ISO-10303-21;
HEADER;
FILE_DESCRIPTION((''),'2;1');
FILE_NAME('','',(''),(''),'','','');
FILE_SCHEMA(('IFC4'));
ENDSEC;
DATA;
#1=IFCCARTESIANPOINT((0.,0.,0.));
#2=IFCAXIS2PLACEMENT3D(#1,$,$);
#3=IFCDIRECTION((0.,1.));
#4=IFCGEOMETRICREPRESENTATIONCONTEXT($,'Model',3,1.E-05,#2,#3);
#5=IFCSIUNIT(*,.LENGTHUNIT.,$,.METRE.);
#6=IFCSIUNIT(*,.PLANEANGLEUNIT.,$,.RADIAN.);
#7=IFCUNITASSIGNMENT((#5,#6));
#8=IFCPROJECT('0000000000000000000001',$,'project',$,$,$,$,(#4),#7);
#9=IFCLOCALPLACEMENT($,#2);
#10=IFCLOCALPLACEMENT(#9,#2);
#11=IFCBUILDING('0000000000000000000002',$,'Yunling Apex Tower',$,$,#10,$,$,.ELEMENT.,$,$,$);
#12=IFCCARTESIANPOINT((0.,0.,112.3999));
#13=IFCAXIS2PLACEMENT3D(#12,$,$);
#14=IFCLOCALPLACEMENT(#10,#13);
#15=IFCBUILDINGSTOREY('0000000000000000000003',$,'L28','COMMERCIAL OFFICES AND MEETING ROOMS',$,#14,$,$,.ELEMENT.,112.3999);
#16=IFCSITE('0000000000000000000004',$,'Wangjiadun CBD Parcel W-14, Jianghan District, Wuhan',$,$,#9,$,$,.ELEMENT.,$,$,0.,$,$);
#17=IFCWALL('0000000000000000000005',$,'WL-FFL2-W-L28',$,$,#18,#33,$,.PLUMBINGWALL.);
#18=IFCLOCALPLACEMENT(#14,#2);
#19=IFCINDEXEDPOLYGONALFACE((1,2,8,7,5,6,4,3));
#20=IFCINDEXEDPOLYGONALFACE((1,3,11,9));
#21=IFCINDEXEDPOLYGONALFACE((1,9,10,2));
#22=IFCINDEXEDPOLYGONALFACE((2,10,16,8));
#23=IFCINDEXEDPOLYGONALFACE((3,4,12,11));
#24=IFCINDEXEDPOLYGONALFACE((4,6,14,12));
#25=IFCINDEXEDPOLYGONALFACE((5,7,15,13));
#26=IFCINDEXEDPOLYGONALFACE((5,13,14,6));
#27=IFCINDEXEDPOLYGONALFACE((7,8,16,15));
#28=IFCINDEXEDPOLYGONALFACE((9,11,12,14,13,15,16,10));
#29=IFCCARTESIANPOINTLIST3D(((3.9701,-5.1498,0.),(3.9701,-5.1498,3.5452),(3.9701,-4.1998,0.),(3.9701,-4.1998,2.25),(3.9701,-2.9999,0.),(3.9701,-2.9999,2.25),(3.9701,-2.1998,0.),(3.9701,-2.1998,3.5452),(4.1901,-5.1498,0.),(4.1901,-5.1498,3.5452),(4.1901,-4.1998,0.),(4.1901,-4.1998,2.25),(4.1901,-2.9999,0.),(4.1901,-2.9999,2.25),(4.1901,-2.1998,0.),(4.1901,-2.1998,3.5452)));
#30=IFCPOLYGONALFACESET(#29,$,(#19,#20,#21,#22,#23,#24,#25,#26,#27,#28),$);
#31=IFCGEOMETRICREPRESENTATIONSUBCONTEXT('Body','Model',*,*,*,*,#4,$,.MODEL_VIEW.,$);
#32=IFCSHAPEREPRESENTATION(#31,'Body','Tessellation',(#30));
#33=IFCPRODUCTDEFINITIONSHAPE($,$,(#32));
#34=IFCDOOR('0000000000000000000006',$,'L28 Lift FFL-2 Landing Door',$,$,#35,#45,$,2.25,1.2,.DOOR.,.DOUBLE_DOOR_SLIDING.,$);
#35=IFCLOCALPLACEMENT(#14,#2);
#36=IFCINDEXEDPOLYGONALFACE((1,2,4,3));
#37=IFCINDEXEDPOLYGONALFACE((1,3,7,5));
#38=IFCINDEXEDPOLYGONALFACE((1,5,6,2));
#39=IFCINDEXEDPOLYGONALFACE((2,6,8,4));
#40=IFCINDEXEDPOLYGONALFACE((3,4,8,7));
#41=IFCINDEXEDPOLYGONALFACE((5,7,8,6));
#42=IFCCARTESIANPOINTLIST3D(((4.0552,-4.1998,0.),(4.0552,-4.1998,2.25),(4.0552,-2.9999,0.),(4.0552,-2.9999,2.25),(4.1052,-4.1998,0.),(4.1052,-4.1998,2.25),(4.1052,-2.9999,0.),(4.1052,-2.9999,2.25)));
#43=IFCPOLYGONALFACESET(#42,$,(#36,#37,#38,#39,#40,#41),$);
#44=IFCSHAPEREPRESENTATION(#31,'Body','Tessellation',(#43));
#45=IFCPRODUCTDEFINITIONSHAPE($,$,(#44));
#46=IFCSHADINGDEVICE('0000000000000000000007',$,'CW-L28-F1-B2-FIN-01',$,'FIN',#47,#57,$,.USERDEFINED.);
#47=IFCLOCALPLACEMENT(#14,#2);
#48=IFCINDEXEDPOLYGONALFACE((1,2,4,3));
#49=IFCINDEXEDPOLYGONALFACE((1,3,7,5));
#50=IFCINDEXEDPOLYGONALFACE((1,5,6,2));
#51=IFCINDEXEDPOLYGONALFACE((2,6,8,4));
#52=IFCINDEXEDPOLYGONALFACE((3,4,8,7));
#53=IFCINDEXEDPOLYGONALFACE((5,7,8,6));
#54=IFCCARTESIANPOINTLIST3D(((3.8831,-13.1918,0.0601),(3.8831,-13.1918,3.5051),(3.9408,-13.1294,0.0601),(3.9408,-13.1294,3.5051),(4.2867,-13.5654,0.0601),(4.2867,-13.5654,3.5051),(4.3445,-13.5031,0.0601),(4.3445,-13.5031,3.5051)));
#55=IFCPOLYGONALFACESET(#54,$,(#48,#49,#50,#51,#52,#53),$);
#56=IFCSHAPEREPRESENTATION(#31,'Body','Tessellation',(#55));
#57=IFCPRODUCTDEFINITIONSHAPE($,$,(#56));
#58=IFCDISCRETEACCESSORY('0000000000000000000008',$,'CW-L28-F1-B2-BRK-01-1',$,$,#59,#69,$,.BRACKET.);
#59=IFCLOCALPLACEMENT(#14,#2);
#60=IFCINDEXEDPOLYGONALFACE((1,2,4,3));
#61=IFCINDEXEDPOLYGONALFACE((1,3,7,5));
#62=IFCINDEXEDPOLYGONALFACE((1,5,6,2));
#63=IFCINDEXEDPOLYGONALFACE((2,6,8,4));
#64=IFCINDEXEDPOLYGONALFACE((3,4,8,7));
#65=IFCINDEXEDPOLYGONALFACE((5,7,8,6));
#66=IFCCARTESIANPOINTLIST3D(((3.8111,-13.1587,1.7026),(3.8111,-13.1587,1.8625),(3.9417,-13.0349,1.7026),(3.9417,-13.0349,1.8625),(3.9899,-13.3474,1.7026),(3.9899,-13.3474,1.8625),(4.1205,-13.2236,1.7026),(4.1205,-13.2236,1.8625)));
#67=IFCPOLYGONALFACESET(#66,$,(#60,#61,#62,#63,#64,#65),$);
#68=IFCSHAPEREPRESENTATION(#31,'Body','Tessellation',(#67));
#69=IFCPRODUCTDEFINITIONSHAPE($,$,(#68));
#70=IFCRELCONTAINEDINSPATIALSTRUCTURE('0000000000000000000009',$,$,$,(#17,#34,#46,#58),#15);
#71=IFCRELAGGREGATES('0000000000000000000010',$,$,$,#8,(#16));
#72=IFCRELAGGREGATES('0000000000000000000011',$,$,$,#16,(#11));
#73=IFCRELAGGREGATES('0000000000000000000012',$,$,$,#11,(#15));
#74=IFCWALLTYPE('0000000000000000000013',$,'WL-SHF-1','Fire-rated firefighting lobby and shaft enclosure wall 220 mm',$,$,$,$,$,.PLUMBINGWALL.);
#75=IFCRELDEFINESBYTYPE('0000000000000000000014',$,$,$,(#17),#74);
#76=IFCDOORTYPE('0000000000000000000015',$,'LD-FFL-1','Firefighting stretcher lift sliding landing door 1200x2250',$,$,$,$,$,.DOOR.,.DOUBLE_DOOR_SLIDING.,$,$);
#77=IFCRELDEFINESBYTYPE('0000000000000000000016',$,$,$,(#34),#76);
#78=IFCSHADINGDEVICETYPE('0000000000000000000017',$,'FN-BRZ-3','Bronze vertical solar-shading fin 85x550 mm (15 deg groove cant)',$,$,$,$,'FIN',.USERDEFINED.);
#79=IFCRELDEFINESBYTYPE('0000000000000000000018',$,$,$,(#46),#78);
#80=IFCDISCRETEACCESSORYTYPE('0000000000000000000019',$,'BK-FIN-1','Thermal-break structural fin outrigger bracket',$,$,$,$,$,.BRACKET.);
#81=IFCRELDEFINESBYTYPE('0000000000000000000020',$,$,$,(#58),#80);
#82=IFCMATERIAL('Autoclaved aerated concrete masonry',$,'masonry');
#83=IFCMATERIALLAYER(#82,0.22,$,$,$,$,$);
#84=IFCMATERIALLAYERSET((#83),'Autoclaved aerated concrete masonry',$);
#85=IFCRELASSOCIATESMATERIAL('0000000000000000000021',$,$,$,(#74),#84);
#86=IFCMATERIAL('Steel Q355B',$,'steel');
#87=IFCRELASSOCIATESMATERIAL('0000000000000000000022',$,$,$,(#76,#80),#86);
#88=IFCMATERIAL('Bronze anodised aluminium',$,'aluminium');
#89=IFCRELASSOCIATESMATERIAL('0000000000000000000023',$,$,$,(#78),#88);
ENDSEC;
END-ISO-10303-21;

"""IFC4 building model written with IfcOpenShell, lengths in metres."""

from ifc_helpers import new_model, si_unit, direction, frame, frame_2d, origin, origin_2d, place, context, subcontext, project, spatial, rectangle, extrude, source, transform, mapped, material, layer, layer_set, material_profile, profile_set, type_object, element, fill, save


model = new_model("IFC4")

# Units and contexts
model_context = context("Model", 3, precision=1e-05, world=origin(), true_north=direction((0.0, 1.0)))
body_context = subcontext(model_context, "Body", "Model", "MODEL_VIEW")
ifc_project = project(units=[si_unit("LENGTHUNIT", "METRE"), si_unit("PLANEANGLEUNIT", "RADIAN")], contexts=[model_context])

# Site, building, storey
site_placement = place(None, origin())
site = spatial("IfcSite", under=ifc_project, at=site_placement, Name="Wangjiadun CBD Parcel W-14, Jianghan District, Wuhan", CompositionType="ELEMENT", RefElevation=0.0)
building_placement = place(site_placement, origin())
building = spatial("IfcBuilding", under=site, at=building_placement, Name="Yunling Apex Tower", CompositionType="ELEMENT")
storey_placement = place(building_placement, frame((0.0, 0.0, 112.3999)))
storey = spatial("IfcBuildingStorey", under=building, at=storey_placement, Name="L28", Description="COMMERCIAL OFFICES AND MEETING ROOMS", CompositionType="ELEMENT", Elevation=112.3999)

# Shared definitions
ifc_material_1 = material(Name="Steel Q355B", Category="steel")

# Shared definitions
ifc_material_2 = material(Name="Bronze anodised aluminium", Category="aluminium")

# Wall, opening, door
ifc_material_3 = material(Name="Autoclaved aerated concrete masonry", Category="masonry")
ifc_layer_1 = layer(ifc_material_3, 0.22)
ifc_layer_set_1 = layer_set([ifc_layer_1], Name="Autoclaved aerated concrete masonry")
wall_type_1 = type_object("IfcWallType", Name="WL-SHF-1", Description="Fire-rated firefighting lobby and shaft enclosure wall 220 mm", PredefinedType="PLUMBINGWALL", material=ifc_layer_set_1)
wall_1_placement = place(storey_placement, frame((4.0801, -5.1499, 0.0), z_axis=(0.0, 0.0, 1.0), x_axis=(0.0, 1.0, 0.0)))
wall_1 = element("IfcWall", 1, at=wall_1_placement, inside=storey, type_object=wall_type_1, Name="WL-FFL2-W-L28", PredefinedType="PLUMBINGWALL", context=body_context, shape_type="SweptSolid", body=[
    extrude(rectangle(XDim=2.95, YDim=0.22, at=frame_2d((1.4751, 0.0))), origin(), (0.0, 0.0, 1.0), 3.5452),
])
opening_1_placement = place(wall_1_placement, frame((0.95, 0.0, 0.0)))
opening_1 = element("IfcOpeningElement", 2, at=opening_1_placement, cuts=wall_1, PredefinedType="OPENING", context=body_context, shape_type="SweptSolid", body=[
    extrude(rectangle(XDim=1.2, YDim=2.25, at=frame_2d((0.6001, 1.125))), frame((0.0, 0.1201, 0.0), z_axis=(0.0, -1.0, 0.0), x_axis=(1.0, 0.0, 0.0)), (0.0, 0.0, 1.0), 0.24),
])
door_type_1 = type_object("IfcDoorType", Name="LD-FFL-1", Description="Firefighting stretcher lift sliding landing door 1200x2250", OperationType="DOUBLE_DOOR_SLIDING", PredefinedType="DOOR", material=ifc_material_1)
door_1_placement = place(opening_1_placement, origin())
door_1 = element("IfcDoor", 3, at=door_1_placement, inside=storey, type_object=door_type_1, Name="L28 Lift FFL-2 Landing Door", OperationType="DOUBLE_DOOR_SLIDING", OverallHeight=2.25, OverallWidth=1.2, PredefinedType="DOOR", context=body_context, shape_type="SweptSolid", body=[
    extrude(rectangle(XDim=1.2, YDim=2.25, at=frame_2d((0.6001, 1.125))), frame((0.0, 0.0249, 0.0), z_axis=(0.0, -1.0, 0.0), x_axis=(1.0, 0.0, 0.0)), (0.0, 0.0, 1.0), 0.05),
])
fill(opening_1, door_1)

# Shading device
ifc_material_profile_1 = material_profile(ifc_material_2, rectangle(XDim=0.085, YDim=0.55, at=origin_2d()))
ifc_profile_set_1 = profile_set([ifc_material_profile_1], Name="Bronze anodised aluminium")
shading_device_type = type_object("IfcShadingDeviceType", Name="FN-BRZ-3", Description="Bronze vertical solar-shading fin 85x550 mm (15 deg groove cant)", ElementType="FIN", PredefinedType="USERDEFINED", material=ifc_profile_set_1)
shared_shape_1 = source(origin(), body_context, "Body", "SweptSolid", [
    extrude(rectangle(XDim=0.085, YDim=0.55, at=origin_2d()), origin(), (0.0, 0.0, 1.0), 3.4451),
])
shading_device_placement = place(storey_placement, frame((4.1138, -13.3474, 0.0601), z_axis=(0.0, 0.0, 1.0), x_axis=(0.679313, 0.733848, 0.0)))
element("IfcShadingDevice", 4, at=shading_device_placement, inside=storey, type_object=shading_device_type, Name="CW-L28-F1-B2-FIN-01", ObjectType="FIN", PredefinedType="USERDEFINED", context=body_context, shape_type="MappedRepresentation", body=[
    mapped(shared_shape_1, transform((0.0, 0.0, 0.0), scale=1.0)),
])

# Discrete accessory
discrete_accessory_type = type_object("IfcDiscreteAccessoryType", Name="BK-FIN-1", Description="Thermal-break structural fin outrigger bracket", PredefinedType="BRACKET", material=ifc_material_1)
shared_shape_2 = source(origin(), body_context, "Body", "SweptSolid", [
    extrude(rectangle(XDim=0.1799, YDim=0.26, at=origin_2d()), origin(), (0.0, 0.0, 1.0), 0.1599),
])
discrete_accessory_placement = place(storey_placement, frame((3.9658, -13.1912, 1.7026), z_axis=(0.0, 0.0, 1.0), x_axis=(0.725855, 0.687848, 0.0)))
element("IfcDiscreteAccessory", 5, at=discrete_accessory_placement, inside=storey, type_object=discrete_accessory_type, Name="CW-L28-F1-B2-BRK-01-1", PredefinedType="BRACKET", context=body_context, shape_type="MappedRepresentation", body=[
    mapped(shared_shape_2, transform((0.0, 0.0, 0.0), scale=1.0)),
])

save(model, "model.ifc")
